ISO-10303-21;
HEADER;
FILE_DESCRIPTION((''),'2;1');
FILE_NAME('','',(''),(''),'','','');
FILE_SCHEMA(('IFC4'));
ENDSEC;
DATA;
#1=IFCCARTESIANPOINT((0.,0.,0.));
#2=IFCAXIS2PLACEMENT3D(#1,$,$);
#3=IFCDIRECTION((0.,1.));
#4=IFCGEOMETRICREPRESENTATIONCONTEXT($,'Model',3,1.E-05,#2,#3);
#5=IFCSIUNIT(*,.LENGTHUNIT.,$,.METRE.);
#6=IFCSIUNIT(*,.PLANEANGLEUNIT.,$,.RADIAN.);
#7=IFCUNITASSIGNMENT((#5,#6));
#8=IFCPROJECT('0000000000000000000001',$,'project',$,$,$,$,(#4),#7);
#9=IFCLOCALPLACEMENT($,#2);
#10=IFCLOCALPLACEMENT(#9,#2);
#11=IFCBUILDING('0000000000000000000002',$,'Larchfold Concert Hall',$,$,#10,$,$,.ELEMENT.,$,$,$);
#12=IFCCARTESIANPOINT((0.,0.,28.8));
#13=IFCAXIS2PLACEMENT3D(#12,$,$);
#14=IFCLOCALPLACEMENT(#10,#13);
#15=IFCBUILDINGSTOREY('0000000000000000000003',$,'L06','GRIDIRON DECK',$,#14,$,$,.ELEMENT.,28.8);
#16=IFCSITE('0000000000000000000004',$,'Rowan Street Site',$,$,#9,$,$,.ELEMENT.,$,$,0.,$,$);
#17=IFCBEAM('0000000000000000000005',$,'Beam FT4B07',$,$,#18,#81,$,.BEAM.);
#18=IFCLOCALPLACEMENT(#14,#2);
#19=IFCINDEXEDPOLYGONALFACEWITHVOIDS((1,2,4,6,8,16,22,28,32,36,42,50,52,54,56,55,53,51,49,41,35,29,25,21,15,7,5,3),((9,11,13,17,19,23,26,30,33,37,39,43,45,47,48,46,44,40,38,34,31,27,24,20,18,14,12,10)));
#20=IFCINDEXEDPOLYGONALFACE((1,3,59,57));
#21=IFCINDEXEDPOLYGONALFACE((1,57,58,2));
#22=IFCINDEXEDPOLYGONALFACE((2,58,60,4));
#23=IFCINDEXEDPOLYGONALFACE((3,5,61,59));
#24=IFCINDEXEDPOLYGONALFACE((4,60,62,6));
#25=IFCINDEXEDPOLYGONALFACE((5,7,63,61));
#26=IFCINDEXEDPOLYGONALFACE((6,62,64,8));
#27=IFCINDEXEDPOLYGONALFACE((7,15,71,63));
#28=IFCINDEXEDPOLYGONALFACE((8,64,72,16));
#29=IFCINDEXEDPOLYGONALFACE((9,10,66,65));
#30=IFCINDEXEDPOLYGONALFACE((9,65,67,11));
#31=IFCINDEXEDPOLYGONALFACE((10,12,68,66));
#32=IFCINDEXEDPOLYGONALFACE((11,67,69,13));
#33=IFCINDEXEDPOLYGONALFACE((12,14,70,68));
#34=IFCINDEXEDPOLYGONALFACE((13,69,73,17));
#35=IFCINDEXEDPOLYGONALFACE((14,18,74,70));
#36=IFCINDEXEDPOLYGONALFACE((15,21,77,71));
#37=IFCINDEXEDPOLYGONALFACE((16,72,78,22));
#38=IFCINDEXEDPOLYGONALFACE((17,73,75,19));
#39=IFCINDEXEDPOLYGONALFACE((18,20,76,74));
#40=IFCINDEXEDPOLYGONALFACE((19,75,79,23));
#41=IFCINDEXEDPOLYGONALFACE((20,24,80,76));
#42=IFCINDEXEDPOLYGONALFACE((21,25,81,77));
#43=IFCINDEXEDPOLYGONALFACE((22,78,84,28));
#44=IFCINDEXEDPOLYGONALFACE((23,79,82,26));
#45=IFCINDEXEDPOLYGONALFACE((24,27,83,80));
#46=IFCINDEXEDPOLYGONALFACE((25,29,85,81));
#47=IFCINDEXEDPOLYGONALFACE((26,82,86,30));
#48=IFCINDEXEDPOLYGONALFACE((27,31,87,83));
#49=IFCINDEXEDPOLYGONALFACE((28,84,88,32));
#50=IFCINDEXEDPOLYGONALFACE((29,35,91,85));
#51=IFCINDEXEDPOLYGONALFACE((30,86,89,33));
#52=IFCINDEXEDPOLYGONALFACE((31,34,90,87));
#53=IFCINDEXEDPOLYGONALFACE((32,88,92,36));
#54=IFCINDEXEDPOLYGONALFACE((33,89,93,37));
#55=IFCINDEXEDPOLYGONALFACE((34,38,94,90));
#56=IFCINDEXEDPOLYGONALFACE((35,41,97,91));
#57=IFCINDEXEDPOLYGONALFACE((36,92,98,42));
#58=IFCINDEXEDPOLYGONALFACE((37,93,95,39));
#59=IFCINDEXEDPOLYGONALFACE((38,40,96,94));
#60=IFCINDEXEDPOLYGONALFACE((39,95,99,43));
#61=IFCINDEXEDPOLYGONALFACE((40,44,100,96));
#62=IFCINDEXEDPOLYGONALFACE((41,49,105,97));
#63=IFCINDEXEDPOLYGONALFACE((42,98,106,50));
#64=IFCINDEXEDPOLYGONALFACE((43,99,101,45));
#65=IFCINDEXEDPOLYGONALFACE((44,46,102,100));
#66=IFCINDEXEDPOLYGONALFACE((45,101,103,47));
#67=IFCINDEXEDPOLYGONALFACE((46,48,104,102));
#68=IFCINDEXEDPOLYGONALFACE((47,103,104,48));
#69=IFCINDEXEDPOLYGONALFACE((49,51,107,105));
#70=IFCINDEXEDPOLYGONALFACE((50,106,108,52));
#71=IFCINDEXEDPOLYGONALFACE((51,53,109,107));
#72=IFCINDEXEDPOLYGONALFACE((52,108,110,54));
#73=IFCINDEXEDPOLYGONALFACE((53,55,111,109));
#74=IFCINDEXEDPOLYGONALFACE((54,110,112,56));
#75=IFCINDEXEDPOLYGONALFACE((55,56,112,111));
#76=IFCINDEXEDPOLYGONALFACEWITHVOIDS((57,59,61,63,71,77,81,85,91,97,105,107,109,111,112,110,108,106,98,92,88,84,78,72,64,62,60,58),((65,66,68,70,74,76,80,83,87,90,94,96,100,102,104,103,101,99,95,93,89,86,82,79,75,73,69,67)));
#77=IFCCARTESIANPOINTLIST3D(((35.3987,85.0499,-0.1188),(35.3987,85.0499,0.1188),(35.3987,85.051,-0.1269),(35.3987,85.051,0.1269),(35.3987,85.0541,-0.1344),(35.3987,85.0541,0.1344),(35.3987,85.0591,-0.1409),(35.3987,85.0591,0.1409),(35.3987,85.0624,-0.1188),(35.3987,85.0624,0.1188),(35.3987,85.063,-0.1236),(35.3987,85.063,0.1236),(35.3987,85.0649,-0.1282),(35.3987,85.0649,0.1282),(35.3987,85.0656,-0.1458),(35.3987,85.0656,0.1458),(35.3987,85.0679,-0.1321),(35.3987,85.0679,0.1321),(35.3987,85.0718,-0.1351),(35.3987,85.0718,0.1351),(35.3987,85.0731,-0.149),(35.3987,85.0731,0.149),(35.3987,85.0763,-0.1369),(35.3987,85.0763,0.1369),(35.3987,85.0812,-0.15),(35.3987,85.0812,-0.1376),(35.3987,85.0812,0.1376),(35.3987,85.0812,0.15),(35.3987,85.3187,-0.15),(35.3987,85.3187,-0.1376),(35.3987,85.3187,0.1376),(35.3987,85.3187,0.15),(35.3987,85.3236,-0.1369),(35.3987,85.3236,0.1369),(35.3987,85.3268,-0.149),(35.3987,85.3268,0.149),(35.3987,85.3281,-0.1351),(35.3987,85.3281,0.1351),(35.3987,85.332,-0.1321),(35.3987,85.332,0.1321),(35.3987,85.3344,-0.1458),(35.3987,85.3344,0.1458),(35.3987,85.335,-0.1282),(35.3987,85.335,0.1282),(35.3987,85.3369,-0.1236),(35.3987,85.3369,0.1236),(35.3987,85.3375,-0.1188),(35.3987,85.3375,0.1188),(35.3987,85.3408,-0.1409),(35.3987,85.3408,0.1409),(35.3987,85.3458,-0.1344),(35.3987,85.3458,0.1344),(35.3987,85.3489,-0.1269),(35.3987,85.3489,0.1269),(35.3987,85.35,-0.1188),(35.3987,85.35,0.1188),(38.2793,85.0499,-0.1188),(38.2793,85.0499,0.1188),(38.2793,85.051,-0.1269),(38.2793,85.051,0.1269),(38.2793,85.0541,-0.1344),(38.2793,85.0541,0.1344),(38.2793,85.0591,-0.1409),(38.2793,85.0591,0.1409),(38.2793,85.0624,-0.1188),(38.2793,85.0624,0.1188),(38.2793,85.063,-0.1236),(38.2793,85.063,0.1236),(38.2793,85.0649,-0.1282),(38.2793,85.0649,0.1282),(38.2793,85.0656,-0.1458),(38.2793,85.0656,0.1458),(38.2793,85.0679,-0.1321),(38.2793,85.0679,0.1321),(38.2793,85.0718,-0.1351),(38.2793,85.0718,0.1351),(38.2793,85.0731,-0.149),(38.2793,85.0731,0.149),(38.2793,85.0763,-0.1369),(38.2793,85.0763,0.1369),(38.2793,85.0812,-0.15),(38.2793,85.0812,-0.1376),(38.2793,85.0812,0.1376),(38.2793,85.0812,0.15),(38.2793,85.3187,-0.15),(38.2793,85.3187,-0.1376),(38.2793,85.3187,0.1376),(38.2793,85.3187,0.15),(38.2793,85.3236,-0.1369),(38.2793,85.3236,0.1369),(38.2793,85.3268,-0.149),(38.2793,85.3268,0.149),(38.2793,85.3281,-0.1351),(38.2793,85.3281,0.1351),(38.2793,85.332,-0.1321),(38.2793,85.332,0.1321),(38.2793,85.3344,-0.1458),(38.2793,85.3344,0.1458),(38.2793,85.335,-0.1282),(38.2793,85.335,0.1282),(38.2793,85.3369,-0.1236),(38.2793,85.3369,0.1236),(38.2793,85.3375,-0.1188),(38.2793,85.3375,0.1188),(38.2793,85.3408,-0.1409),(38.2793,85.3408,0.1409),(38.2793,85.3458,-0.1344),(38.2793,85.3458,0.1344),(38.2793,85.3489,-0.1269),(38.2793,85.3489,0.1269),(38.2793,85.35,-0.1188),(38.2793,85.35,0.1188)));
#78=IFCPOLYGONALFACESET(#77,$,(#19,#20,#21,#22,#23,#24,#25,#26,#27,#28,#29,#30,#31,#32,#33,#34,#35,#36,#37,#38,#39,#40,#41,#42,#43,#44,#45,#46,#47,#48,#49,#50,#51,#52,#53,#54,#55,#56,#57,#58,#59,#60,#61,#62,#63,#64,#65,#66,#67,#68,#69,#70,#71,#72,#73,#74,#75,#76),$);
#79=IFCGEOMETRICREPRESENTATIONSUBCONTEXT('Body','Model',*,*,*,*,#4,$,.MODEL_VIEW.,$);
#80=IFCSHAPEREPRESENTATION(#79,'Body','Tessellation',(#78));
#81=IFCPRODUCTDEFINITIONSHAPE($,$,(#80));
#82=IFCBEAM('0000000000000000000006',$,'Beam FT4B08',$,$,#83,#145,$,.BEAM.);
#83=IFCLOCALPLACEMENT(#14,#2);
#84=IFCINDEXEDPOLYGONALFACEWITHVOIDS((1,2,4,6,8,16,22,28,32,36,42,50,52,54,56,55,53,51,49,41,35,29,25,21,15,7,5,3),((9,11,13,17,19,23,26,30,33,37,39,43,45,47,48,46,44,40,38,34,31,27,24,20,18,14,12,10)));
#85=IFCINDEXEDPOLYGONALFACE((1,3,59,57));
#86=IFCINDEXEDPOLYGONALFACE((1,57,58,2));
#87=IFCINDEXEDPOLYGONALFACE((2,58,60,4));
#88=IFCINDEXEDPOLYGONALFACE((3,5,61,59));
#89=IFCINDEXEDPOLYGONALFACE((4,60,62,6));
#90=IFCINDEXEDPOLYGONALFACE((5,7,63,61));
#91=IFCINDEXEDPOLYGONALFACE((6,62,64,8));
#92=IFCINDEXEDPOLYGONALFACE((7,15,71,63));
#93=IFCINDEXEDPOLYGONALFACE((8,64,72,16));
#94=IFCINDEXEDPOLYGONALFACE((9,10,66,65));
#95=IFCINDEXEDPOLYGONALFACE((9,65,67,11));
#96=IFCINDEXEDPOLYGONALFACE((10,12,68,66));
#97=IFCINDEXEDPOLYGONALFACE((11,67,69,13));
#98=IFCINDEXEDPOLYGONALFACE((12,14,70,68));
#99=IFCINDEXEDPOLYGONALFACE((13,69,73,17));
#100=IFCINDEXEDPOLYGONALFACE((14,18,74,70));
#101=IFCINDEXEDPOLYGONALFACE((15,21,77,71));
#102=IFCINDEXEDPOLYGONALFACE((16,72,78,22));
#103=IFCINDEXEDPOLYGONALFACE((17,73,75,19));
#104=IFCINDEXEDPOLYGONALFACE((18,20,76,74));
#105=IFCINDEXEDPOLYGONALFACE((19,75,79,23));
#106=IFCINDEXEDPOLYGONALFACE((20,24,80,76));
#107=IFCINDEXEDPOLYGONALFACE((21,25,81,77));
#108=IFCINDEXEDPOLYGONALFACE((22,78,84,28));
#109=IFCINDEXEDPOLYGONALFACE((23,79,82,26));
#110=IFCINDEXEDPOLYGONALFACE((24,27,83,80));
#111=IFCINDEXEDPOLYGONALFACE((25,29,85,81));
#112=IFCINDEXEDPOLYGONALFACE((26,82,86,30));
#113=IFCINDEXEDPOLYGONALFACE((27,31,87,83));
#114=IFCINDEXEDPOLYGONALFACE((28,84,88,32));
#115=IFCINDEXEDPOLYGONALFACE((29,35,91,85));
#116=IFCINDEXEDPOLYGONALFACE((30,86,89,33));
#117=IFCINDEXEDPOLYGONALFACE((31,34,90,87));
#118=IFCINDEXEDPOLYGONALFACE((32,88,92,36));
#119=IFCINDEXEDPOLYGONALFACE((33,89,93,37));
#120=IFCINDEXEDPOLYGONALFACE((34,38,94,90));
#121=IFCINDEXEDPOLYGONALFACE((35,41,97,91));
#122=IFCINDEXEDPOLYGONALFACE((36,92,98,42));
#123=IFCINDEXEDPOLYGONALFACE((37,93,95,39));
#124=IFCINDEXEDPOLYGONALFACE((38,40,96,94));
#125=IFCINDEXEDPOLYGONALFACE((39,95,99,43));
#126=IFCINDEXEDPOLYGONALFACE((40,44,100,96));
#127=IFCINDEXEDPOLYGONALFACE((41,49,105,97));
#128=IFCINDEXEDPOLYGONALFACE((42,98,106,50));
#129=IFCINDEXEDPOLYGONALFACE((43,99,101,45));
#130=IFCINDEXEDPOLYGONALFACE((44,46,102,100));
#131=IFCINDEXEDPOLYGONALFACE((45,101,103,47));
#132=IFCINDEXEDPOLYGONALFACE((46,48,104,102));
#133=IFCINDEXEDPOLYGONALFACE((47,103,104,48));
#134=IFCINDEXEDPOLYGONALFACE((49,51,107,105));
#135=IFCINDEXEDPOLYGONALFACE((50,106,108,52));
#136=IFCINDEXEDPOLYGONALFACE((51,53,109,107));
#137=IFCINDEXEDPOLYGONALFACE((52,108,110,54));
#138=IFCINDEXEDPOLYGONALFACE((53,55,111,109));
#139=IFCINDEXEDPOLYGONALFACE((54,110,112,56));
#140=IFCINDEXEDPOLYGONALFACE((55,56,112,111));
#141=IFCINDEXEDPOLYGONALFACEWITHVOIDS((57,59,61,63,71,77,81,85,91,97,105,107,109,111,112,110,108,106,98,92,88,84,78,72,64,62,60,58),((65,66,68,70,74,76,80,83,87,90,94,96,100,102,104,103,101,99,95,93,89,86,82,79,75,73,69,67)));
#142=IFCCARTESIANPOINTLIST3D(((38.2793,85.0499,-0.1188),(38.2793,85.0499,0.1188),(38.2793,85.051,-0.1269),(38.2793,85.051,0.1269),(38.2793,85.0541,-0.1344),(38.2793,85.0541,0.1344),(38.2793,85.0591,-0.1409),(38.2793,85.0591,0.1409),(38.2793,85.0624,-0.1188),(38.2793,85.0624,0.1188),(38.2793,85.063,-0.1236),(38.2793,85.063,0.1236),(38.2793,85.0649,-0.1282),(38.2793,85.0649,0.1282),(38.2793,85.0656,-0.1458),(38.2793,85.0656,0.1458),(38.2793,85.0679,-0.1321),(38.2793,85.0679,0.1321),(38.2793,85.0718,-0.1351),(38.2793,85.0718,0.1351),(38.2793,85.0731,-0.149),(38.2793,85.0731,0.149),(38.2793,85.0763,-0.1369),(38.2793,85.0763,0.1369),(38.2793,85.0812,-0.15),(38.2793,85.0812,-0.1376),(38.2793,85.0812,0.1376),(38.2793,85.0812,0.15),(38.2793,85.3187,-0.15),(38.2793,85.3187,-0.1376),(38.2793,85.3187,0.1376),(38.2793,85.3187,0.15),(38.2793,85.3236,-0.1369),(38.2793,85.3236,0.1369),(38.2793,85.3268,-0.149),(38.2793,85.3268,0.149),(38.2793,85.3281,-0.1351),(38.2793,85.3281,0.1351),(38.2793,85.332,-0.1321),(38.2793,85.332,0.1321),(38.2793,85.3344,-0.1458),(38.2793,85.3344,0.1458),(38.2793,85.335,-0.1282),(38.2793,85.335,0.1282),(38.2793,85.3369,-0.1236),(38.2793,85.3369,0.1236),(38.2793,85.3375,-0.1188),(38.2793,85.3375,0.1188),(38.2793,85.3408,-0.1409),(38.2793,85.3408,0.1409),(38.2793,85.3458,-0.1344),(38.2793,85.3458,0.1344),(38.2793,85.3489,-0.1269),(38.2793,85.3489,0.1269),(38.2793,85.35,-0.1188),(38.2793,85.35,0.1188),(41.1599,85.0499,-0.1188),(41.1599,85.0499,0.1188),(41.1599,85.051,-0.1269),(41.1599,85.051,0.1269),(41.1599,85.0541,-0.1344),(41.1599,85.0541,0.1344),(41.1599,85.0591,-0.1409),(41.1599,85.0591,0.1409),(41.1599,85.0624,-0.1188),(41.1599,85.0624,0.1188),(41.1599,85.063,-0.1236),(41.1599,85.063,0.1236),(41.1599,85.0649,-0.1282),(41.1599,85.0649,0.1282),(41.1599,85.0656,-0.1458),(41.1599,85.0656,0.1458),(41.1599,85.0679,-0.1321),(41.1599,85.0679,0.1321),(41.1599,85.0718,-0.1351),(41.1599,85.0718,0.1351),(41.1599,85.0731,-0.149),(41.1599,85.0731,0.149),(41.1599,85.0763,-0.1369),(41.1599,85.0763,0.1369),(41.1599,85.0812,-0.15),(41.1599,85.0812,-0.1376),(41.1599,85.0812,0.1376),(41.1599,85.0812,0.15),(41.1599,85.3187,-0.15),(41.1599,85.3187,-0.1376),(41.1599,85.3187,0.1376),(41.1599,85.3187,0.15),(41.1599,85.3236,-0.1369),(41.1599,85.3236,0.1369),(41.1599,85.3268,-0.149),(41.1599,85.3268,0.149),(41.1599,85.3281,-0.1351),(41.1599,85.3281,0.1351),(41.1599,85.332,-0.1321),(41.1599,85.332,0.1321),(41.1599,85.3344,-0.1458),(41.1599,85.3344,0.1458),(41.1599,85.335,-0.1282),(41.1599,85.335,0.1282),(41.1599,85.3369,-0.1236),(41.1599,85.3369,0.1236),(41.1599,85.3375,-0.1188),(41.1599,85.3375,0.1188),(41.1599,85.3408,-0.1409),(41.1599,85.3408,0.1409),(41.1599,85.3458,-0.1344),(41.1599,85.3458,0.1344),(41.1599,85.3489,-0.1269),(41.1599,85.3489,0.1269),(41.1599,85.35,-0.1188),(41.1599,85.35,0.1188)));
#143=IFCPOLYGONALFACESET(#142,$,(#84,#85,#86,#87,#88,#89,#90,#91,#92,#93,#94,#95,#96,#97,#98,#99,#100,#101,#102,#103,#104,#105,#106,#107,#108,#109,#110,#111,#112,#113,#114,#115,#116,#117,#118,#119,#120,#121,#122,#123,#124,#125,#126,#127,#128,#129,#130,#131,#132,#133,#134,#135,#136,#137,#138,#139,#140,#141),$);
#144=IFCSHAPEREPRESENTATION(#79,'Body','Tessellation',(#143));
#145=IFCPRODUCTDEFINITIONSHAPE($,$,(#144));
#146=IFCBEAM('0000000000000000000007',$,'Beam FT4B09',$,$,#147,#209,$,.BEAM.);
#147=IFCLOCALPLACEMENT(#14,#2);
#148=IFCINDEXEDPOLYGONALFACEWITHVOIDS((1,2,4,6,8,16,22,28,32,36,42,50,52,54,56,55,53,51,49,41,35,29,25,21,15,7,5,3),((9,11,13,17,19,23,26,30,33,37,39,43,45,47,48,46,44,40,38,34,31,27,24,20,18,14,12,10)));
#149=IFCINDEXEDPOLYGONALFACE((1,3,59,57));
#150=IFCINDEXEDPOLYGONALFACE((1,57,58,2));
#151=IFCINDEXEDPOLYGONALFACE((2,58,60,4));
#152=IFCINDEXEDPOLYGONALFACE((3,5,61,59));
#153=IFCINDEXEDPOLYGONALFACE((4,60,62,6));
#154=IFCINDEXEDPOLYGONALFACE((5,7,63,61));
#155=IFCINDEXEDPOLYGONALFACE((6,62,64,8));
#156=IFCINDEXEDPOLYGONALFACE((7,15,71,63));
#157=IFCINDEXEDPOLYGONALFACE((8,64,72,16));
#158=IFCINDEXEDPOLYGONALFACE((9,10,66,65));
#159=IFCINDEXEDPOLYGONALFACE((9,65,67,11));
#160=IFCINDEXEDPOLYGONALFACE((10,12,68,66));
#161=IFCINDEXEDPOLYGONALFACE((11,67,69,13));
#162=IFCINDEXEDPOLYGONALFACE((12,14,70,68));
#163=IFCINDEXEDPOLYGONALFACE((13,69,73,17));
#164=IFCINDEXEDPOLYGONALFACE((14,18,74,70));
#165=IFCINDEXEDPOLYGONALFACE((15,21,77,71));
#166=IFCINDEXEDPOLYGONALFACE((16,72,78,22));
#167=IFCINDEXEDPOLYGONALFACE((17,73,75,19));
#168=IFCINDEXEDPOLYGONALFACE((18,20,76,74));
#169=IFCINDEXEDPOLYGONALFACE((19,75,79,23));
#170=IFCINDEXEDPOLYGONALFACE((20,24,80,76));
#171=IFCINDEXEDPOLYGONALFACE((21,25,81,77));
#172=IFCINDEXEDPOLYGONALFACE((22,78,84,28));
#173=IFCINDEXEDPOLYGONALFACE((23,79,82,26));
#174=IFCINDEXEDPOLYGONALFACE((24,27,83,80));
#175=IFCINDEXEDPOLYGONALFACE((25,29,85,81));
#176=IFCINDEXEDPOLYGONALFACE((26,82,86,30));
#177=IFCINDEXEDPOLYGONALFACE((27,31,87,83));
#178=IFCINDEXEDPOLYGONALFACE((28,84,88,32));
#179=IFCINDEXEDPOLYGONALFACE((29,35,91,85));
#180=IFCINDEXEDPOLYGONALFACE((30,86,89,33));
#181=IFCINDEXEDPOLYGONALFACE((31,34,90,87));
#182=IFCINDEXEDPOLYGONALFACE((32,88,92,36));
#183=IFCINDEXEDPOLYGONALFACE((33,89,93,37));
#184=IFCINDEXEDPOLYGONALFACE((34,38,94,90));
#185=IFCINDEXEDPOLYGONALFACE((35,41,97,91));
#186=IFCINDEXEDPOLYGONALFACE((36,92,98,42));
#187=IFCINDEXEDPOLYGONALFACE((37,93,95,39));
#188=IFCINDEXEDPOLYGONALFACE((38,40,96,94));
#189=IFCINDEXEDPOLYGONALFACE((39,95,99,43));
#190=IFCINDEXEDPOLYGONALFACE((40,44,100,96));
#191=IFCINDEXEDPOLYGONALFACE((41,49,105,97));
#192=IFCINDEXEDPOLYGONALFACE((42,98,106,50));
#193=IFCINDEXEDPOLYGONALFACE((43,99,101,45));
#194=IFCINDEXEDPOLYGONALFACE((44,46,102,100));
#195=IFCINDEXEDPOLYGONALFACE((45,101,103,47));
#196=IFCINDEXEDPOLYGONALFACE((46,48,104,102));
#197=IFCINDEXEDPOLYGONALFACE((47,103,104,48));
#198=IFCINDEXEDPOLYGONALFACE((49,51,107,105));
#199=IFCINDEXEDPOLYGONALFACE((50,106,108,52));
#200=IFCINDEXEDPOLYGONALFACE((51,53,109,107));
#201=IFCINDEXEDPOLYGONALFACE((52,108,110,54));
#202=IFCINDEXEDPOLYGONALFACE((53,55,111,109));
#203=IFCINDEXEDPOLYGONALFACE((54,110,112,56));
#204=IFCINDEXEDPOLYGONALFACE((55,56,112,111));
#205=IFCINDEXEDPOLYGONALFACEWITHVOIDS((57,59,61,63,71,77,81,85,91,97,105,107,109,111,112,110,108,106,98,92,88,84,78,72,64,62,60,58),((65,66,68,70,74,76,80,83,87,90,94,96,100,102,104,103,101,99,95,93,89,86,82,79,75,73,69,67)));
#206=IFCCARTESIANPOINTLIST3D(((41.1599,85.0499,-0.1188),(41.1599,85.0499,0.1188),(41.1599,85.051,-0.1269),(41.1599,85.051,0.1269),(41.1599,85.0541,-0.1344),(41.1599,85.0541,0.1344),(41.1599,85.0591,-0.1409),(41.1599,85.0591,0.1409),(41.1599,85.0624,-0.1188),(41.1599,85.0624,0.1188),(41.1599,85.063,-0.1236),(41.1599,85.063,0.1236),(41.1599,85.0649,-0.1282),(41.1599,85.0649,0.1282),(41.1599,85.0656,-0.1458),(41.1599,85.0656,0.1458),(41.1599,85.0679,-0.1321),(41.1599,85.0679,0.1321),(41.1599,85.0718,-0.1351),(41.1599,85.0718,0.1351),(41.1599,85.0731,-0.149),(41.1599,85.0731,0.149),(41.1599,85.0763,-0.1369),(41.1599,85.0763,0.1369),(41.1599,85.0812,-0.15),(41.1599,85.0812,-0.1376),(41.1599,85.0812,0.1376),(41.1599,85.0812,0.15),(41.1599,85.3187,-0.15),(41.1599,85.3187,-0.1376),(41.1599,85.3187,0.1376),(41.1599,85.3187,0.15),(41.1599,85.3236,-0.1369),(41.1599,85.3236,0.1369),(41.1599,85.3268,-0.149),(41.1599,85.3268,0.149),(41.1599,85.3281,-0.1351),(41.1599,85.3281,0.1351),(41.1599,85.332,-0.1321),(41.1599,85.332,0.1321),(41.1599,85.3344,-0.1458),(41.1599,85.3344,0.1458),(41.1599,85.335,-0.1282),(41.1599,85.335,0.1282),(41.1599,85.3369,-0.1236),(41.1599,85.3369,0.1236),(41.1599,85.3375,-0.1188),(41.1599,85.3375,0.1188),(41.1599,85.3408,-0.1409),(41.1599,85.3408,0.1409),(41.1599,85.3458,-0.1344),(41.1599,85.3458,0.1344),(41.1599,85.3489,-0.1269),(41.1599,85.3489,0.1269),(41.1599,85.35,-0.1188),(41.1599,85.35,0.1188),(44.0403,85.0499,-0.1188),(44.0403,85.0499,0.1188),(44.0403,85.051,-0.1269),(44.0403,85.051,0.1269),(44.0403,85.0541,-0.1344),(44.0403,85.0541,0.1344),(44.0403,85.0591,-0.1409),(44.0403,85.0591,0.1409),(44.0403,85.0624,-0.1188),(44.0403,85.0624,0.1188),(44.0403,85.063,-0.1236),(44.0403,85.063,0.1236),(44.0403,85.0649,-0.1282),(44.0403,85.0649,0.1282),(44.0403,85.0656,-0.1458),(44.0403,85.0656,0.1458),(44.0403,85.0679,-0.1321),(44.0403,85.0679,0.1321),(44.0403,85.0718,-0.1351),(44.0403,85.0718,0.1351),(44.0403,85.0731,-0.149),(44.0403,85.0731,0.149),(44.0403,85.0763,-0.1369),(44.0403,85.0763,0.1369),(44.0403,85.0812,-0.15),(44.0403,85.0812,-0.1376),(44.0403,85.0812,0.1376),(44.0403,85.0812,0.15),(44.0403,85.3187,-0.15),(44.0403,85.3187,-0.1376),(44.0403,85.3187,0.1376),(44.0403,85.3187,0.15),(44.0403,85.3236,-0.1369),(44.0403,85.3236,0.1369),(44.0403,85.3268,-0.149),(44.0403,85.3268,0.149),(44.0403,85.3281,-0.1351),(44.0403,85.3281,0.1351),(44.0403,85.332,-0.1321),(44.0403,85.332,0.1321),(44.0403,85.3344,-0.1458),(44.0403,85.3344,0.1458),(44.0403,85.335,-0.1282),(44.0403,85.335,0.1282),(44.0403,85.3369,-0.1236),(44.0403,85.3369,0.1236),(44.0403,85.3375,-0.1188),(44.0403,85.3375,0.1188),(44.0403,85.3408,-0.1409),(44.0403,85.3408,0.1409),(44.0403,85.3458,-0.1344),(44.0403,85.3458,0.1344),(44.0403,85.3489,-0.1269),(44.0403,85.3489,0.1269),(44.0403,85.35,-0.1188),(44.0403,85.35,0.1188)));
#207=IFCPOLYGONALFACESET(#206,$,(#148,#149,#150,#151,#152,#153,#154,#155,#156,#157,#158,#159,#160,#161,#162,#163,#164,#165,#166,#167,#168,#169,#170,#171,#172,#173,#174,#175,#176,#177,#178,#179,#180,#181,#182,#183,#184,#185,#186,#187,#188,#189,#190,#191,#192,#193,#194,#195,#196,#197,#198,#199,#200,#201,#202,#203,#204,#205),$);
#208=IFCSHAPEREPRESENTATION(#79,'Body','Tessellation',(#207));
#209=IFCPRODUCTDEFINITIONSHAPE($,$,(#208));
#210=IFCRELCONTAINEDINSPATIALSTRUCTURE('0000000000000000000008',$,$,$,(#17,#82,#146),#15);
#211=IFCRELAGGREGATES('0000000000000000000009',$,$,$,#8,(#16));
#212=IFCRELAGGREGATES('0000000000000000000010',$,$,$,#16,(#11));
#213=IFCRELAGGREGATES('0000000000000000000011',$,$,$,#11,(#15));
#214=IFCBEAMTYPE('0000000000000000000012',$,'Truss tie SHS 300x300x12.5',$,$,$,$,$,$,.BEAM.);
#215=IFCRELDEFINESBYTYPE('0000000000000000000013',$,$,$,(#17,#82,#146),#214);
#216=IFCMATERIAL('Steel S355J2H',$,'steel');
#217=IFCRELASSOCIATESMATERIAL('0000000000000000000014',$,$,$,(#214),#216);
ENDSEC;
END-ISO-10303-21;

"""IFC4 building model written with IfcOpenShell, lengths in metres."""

from ifc_helpers import new_model, si_unit, direction, frame, origin, origin_2d, place, context, subcontext, project, spatial, hollow_rectangle, extrude, material, material_profile, profile_set, type_object, element, save


model = new_model("IFC4")

# Units and contexts
model_context = context("Model", 3, precision=1e-05, world=origin(), true_north=direction((0.0, 1.0)))
body_context = subcontext(model_context, "Body", "Model", "MODEL_VIEW")
ifc_project = project(units=[si_unit("LENGTHUNIT", "METRE"), si_unit("PLANEANGLEUNIT", "RADIAN")], contexts=[model_context])

# Site, building, storey
site_placement = place(None, origin())
site = spatial("IfcSite", under=ifc_project, at=site_placement, Name="Rowan Street Site", CompositionType="ELEMENT", RefElevation=0.0)
building_placement = place(site_placement, origin())
building = spatial("IfcBuilding", under=site, at=building_placement, Name="Larchfold Concert Hall", CompositionType="ELEMENT")
storey_placement = place(building_placement, frame((0.0, 0.0, 28.8)))
storey = spatial("IfcBuildingStorey", under=building, at=storey_placement, Name="L06", Description="GRIDIRON DECK", CompositionType="ELEMENT", Elevation=28.8)

# Beams
ifc_material_1 = material(Name="Steel S355J2H", Category="steel")
ifc_material_profile_1 = material_profile(ifc_material_1, hollow_rectangle(XDim=0.3, YDim=0.3, WallThickness=0.0125, InnerFilletRadius=0.0188, OuterFilletRadius=0.0312, at=origin_2d()))
ifc_profile_set_1 = profile_set([ifc_material_profile_1], Name="Steel S355J2H")
beam_type_1 = type_object("IfcBeamType", Name="Truss tie SHS 300x300x12.5", PredefinedType="BEAM", material=ifc_profile_set_1)
for number, where, z_axis, x_axis, name in (
    (1, (35.3987, 85.2, 0.0), (1.0, 0.0, 0.0), (0.0, 1.0, 0.0), "Beam FT4B07"),
    (2, (38.2793, 85.2, 0.0), (1.0, 0.0, 0.0), (0.0, 1.0, 0.0), "Beam FT4B08"),
):
    element("IfcBeam", number, at=place(storey_placement, frame(where, z_axis=z_axis, x_axis=x_axis)), inside=storey, type_object=beam_type_1, Name=name, PredefinedType="BEAM", context=body_context, shape_type="SweptSolid", body=[
        extrude(hollow_rectangle(XDim=0.3, YDim=0.3, WallThickness=0.0125, InnerFilletRadius=0.0188, OuterFilletRadius=0.0312, at=origin_2d()), origin(), (0.0, 0.0, 1.0), 2.8806),
    ])
beam_1_placement = place(storey_placement, frame((41.1599, 85.2, 0.0), z_axis=(1.0, 0.0, 0.0), x_axis=(0.0, 1.0, 0.0)))
element("IfcBeam", 3, at=beam_1_placement, inside=storey, type_object=beam_type_1, Name="Beam FT4B09", PredefinedType="BEAM", context=body_context, shape_type="SweptSolid", body=[
    extrude(hollow_rectangle(XDim=0.3, YDim=0.3, WallThickness=0.0125, InnerFilletRadius=0.0188, OuterFilletRadius=0.0312, at=origin_2d()), origin(), (0.0, 0.0, 1.0), 2.8804),
])

save(model, "model.ifc")
